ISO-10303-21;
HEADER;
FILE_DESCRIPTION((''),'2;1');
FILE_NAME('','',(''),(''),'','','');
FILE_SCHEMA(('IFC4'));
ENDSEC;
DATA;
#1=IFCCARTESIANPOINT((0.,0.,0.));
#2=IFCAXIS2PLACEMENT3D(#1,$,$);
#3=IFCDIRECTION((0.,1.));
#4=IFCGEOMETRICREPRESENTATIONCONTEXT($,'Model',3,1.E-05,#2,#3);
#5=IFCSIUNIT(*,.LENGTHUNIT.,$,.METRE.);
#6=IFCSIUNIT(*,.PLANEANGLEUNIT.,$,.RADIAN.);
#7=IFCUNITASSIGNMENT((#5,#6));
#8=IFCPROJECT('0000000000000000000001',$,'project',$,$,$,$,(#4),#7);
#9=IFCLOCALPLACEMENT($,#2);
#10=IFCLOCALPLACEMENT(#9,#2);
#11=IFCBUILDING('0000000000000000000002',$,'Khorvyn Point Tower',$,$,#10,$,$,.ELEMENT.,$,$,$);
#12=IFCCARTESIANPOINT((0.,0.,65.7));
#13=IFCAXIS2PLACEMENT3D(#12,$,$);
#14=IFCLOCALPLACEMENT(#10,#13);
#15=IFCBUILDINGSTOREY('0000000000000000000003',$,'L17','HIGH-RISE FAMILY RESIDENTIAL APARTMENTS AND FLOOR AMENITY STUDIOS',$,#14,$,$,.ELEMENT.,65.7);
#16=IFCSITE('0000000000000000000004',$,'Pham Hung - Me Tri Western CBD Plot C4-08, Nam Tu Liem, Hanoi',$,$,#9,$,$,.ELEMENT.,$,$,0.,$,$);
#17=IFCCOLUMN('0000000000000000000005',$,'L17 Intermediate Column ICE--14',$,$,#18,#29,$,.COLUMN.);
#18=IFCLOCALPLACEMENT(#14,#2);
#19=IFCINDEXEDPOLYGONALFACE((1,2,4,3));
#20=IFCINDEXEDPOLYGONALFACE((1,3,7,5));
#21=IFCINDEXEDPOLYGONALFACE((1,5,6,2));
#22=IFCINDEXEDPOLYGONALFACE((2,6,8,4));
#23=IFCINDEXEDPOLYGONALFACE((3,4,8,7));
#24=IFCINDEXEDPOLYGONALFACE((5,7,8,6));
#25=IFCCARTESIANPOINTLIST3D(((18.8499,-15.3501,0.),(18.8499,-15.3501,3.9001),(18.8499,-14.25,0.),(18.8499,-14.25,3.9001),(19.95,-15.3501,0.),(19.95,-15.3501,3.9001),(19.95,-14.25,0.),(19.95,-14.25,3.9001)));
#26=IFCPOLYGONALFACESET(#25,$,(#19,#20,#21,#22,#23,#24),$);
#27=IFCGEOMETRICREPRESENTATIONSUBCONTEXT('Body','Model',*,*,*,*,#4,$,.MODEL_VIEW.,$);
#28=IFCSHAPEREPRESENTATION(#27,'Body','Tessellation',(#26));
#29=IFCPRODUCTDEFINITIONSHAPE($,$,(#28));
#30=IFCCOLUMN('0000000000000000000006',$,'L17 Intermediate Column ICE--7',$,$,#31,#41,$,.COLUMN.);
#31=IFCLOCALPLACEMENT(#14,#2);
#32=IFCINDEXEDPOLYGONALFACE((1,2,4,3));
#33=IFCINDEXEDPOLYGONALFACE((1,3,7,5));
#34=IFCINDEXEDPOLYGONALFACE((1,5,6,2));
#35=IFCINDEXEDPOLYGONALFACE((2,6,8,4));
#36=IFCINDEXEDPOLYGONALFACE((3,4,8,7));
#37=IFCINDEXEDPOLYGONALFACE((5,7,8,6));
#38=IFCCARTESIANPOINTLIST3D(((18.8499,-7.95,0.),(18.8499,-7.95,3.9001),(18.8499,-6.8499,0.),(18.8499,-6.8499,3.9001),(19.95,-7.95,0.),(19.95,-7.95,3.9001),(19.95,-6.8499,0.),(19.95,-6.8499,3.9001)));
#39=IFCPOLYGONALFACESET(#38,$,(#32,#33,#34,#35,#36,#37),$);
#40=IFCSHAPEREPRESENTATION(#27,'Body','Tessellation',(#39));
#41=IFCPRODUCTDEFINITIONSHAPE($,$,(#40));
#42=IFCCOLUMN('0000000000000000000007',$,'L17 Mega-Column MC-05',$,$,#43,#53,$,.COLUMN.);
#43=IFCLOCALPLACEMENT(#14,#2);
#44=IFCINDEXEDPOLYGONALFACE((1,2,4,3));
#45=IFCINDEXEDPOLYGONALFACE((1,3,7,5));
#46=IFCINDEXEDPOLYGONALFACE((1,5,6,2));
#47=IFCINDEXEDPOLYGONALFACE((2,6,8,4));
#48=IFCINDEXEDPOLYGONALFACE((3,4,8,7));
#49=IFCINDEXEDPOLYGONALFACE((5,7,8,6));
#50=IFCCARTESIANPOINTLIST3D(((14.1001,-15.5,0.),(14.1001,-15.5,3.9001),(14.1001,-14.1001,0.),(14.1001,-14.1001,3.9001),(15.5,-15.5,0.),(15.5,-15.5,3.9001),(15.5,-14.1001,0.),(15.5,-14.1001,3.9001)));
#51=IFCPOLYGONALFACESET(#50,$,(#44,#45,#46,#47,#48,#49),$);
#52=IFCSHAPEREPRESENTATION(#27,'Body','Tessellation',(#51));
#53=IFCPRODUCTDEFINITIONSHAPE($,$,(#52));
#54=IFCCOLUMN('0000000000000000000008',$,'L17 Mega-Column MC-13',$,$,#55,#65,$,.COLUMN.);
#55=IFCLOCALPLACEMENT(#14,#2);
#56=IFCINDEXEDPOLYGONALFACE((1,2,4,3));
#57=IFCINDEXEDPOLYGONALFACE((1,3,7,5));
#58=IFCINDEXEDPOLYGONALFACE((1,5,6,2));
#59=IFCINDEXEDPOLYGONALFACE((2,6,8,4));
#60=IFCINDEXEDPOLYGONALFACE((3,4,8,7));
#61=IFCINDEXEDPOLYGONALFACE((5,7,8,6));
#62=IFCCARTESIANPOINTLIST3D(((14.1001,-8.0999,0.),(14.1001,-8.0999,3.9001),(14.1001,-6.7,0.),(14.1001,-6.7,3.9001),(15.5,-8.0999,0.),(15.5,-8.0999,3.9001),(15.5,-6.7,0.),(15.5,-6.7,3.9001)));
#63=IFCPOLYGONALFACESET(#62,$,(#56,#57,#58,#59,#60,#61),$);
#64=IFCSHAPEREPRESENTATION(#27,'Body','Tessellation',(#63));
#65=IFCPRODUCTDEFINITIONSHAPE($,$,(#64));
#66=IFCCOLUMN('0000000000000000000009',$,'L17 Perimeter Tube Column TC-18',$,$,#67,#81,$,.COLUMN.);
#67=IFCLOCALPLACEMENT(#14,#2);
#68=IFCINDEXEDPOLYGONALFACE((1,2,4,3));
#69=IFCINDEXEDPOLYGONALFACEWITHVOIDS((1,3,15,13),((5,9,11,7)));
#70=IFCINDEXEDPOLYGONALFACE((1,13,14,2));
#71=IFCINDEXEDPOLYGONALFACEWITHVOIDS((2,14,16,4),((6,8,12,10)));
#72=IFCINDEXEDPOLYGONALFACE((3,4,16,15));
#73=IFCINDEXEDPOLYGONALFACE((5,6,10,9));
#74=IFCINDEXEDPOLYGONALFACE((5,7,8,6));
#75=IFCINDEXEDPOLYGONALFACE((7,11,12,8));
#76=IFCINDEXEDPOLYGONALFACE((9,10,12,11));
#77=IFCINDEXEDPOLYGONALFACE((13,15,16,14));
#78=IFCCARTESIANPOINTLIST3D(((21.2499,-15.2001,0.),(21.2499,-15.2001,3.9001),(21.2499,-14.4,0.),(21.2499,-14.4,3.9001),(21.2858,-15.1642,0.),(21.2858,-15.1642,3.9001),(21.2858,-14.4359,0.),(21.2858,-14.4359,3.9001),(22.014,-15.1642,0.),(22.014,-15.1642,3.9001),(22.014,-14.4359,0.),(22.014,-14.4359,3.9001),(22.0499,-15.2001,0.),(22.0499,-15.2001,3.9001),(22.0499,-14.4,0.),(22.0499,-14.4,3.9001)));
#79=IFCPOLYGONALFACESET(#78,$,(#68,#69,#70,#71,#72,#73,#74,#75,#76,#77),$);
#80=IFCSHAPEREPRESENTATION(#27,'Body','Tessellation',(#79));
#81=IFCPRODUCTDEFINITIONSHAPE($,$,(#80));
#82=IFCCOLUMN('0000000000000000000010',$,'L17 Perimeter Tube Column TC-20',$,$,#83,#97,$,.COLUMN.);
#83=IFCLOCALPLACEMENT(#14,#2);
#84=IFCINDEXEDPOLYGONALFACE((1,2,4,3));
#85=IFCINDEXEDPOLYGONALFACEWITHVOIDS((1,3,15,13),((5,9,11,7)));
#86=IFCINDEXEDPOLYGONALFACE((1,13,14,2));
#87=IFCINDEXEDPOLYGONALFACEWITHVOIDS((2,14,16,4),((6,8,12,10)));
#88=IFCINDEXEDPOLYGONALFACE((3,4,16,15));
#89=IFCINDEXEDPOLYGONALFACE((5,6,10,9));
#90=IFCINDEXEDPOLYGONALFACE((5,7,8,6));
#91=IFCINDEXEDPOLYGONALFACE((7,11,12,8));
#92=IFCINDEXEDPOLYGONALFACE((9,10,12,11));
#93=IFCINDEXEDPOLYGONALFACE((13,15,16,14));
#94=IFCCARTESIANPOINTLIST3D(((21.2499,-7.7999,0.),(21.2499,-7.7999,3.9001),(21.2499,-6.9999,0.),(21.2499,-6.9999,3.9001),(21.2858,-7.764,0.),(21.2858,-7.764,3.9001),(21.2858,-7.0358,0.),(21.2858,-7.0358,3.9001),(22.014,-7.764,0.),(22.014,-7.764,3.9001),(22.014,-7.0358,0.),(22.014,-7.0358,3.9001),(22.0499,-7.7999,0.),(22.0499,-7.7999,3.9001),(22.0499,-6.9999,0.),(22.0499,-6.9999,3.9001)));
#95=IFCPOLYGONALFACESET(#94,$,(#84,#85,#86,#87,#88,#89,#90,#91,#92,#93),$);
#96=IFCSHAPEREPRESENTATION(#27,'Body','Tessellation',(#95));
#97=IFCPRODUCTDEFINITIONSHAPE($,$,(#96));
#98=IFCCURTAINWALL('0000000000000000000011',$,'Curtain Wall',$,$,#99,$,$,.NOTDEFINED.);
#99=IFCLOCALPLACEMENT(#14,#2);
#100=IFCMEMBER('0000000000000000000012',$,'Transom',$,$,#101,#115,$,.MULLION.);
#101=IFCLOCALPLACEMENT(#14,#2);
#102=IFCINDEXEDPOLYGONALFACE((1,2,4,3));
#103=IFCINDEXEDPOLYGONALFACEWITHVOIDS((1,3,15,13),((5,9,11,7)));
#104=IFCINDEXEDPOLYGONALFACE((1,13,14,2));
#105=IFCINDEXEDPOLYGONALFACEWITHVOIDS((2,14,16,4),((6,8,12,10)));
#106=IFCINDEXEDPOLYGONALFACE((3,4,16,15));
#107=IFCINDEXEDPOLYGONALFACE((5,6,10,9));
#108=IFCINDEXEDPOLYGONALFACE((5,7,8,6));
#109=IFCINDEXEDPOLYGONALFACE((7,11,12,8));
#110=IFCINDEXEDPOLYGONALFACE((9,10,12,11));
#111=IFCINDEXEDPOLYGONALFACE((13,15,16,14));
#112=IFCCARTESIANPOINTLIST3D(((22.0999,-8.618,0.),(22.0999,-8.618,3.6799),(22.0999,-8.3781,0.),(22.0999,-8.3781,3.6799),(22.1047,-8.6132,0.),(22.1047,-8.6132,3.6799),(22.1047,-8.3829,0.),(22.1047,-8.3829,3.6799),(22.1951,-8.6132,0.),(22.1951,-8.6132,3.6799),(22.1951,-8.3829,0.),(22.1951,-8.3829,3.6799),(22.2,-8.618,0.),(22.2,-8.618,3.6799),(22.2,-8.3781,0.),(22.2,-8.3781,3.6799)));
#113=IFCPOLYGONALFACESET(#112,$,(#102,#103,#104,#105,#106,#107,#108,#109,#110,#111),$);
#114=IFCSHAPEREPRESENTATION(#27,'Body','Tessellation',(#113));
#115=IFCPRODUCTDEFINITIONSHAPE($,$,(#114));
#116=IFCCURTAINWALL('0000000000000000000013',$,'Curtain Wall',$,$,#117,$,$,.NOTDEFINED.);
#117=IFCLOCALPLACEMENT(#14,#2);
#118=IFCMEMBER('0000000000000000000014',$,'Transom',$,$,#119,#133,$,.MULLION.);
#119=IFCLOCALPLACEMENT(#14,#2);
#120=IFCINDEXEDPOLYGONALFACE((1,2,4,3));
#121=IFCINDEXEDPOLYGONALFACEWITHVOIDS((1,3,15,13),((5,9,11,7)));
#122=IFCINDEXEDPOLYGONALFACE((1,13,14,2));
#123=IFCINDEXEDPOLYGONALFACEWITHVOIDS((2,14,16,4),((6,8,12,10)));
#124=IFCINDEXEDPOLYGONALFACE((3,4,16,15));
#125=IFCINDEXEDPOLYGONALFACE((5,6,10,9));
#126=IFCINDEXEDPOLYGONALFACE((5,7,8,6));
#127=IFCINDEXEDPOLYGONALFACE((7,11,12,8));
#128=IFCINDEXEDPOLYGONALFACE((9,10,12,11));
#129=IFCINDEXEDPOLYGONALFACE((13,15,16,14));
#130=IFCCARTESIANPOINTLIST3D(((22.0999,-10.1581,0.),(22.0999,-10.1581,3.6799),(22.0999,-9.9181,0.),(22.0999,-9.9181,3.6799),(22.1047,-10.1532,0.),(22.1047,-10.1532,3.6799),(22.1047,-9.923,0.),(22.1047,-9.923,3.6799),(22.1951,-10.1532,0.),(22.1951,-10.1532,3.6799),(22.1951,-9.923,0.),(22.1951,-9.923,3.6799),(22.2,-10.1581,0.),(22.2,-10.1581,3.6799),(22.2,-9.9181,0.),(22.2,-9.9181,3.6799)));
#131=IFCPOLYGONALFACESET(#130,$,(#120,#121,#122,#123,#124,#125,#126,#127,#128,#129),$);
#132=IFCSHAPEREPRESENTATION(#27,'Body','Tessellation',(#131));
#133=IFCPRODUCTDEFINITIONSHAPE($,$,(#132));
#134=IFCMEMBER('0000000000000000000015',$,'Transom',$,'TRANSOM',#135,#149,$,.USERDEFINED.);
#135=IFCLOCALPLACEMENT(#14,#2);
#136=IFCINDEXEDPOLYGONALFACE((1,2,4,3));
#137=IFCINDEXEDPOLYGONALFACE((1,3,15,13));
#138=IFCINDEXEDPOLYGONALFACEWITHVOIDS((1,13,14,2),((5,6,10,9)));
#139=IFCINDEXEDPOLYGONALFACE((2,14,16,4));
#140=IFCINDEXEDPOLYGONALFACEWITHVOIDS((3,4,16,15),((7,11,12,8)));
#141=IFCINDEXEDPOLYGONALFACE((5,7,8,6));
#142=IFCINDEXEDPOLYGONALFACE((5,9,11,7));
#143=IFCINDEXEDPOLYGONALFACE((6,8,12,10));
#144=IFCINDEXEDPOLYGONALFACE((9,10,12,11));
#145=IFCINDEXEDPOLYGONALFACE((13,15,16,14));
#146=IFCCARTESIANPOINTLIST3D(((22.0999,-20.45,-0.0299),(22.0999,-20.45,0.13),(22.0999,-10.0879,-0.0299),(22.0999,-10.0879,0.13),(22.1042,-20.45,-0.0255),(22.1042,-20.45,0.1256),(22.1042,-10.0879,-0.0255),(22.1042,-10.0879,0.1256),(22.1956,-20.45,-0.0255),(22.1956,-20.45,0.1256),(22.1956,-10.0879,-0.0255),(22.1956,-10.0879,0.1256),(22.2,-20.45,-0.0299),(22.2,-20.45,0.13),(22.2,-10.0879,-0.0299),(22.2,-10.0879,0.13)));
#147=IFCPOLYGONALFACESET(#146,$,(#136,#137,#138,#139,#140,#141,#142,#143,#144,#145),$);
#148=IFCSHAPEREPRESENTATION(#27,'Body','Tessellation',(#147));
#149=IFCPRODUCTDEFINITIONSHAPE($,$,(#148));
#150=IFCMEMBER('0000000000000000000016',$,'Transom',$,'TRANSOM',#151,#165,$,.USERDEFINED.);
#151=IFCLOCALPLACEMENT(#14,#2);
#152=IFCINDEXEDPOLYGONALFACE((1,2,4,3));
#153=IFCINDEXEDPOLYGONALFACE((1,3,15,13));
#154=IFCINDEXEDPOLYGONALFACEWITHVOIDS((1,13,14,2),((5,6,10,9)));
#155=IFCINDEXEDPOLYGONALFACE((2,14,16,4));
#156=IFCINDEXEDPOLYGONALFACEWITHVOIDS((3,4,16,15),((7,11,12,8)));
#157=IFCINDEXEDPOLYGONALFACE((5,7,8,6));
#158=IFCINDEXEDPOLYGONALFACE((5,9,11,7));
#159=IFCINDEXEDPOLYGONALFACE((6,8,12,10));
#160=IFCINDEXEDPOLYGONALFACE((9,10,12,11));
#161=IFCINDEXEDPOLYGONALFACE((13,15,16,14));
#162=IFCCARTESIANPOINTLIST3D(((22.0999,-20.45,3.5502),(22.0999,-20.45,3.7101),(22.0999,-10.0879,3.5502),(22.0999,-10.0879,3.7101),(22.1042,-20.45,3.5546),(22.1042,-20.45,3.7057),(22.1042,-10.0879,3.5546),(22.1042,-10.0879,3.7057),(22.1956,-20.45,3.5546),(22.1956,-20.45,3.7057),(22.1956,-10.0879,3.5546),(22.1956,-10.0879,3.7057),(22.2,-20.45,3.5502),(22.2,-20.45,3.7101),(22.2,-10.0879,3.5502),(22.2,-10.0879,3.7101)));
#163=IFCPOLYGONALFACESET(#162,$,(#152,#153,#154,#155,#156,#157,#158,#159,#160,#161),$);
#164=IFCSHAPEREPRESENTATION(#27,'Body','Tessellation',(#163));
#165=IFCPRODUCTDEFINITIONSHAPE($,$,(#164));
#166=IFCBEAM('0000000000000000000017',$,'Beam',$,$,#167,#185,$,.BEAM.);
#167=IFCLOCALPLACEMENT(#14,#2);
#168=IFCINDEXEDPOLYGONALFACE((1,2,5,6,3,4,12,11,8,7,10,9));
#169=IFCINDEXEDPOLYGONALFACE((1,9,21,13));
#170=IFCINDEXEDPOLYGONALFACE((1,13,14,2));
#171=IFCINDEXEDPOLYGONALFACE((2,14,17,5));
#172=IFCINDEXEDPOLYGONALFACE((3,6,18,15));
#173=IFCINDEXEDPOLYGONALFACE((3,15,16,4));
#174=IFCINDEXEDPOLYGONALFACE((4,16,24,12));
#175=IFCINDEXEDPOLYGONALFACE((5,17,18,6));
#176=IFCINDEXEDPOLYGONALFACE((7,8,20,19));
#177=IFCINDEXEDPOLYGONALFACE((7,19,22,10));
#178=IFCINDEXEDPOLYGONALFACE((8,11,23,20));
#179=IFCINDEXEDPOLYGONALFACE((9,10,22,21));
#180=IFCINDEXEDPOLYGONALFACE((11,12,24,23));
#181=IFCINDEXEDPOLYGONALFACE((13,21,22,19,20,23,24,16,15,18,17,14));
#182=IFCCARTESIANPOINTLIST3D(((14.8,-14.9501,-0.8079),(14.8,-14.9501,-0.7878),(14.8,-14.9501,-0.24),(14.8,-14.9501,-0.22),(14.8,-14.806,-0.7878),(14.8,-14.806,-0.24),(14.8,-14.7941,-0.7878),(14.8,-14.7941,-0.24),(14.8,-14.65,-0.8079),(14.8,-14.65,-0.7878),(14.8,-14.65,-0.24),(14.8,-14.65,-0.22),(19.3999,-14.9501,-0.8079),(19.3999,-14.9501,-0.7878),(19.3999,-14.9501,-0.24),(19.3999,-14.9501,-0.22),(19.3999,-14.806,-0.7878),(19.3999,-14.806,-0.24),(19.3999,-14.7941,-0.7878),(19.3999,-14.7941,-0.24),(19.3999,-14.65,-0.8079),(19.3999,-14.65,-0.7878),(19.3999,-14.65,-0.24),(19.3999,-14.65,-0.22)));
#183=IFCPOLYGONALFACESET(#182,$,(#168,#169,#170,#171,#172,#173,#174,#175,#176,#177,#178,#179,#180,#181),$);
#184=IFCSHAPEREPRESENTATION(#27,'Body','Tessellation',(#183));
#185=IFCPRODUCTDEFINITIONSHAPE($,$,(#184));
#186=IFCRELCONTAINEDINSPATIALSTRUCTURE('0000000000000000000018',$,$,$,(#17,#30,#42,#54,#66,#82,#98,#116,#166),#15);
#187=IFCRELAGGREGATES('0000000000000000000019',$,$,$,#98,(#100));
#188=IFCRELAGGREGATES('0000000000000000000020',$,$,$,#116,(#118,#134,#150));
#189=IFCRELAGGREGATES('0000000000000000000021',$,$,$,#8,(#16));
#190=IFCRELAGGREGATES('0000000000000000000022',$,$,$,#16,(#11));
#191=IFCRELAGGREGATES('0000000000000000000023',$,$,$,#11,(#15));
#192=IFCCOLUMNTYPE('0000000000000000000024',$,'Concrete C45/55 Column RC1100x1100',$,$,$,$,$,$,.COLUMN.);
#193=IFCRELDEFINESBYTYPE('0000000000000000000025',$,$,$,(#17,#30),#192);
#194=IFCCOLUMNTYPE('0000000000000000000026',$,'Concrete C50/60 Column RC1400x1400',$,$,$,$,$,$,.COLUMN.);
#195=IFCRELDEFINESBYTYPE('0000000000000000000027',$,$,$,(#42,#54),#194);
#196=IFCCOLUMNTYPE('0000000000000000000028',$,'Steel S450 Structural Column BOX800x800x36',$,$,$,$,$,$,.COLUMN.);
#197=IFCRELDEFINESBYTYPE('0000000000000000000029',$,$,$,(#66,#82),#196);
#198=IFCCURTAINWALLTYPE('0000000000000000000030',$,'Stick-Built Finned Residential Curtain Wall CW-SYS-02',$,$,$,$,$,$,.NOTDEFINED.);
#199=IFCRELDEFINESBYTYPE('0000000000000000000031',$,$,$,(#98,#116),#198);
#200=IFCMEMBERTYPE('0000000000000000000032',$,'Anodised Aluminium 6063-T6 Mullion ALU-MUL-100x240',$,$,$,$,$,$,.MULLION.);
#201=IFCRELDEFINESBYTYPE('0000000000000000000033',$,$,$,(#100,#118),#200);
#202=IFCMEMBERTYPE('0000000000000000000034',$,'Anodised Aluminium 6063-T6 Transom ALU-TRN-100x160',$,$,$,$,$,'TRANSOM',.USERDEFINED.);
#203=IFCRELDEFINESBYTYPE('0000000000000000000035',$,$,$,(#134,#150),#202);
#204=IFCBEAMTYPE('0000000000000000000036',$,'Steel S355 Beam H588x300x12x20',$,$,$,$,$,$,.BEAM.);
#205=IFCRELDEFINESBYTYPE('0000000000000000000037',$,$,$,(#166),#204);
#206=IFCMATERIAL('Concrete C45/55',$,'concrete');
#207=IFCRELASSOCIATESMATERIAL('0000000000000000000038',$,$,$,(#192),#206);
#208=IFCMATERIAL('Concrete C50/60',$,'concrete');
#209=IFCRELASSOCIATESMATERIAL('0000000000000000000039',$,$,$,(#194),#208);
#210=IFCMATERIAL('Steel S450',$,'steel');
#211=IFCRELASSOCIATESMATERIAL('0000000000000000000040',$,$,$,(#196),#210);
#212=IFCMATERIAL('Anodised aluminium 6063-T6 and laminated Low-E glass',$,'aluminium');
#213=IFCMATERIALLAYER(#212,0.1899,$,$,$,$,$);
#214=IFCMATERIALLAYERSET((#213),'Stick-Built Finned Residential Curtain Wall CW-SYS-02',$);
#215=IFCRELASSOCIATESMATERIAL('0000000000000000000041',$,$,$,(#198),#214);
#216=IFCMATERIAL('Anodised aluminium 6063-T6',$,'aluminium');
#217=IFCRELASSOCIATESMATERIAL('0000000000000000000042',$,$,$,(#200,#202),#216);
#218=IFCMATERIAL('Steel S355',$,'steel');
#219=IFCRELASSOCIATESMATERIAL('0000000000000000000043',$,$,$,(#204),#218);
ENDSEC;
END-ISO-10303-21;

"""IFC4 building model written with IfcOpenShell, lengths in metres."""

from ifc_helpers import new_model, si_unit, direction, frame, origin, origin_2d, place, context, subcontext, project, spatial, rectangle, hollow_rectangle, i_section, extrude, material, layer, layer_set, material_profile, profile_set, type_object, element, aggregate, save


model = new_model("IFC4")

# Units and contexts
model_context = context("Model", 3, precision=1e-05, world=origin(), true_north=direction((0.0, 1.0)))
body_context = subcontext(model_context, "Body", "Model", "MODEL_VIEW")
ifc_project = project(units=[si_unit("LENGTHUNIT", "METRE"), si_unit("PLANEANGLEUNIT", "RADIAN")], contexts=[model_context])

# Site, building, storey
site_placement = place(None, origin())
site = spatial("IfcSite", under=ifc_project, at=site_placement, Name="Pham Hung - Me Tri Western CBD Plot C4-08, Nam Tu Liem, Hanoi", CompositionType="ELEMENT", RefElevation=0.0)
building_placement = place(site_placement, origin())
building = spatial("IfcBuilding", under=site, at=building_placement, Name="Khorvyn Point Tower", CompositionType="ELEMENT")
storey_placement = place(building_placement, frame((0.0, 0.0, 65.7)))
storey = spatial("IfcBuildingStorey", under=building, at=storey_placement, Name="L17", Description="HIGH-RISE FAMILY RESIDENTIAL APARTMENTS AND FLOOR AMENITY STUDIOS", CompositionType="ELEMENT", Elevation=65.7)

# Columns
ifc_material_1 = material(Name="Concrete C45/55", Category="concrete")
ifc_material_profile_1 = material_profile(ifc_material_1, rectangle(XDim=1.1001, YDim=1.1001, at=origin_2d()))
ifc_profile_set_1 = profile_set([ifc_material_profile_1], Name="Concrete C45/55 RC1100x1100")
column_type_1 = type_object("IfcColumnType", Name="Concrete C45/55 Column RC1100x1100", PredefinedType="COLUMN", material=ifc_profile_set_1)
for number, where, z_axis, x_axis, name in (
    (1, (19.3999, -14.8, 0.0), (0.0, 0.0, 1.0), (1.0, 0.0, 0.0), "L17 Intermediate Column ICE--14"),
    (2, (19.3999, -7.3999, 0.0), (0.0, 0.0, 1.0), (1.0, 0.0, 0.0), "L17 Intermediate Column ICE--7"),
):
    element("IfcColumn", number, at=place(storey_placement, frame(where, z_axis=z_axis, x_axis=x_axis)), inside=storey, type_object=column_type_1, Name=name, PredefinedType="COLUMN", context=body_context, shape_type="SweptSolid", body=[
        extrude(rectangle(XDim=1.1001, YDim=1.1001, at=origin_2d()), origin(), (0.0, 0.0, 1.0), 3.9001),
    ])
ifc_material_2 = material(Name="Concrete C50/60", Category="concrete")
ifc_material_profile_2 = material_profile(ifc_material_2, rectangle(XDim=1.3999, YDim=1.3999, at=origin_2d()))
ifc_profile_set_2 = profile_set([ifc_material_profile_2], Name="Concrete C50/60 RC1400x1400")
column_type_2 = type_object("IfcColumnType", Name="Concrete C50/60 Column RC1400x1400", PredefinedType="COLUMN", material=ifc_profile_set_2)
for number, where, z_axis, x_axis, name in (
    (3, (14.8, -14.8, 0.0), (0.0, 0.0, 1.0), (1.0, 0.0, 0.0), "L17 Mega-Column MC-05"),
    (4, (14.8, -7.3999, 0.0), (0.0, 0.0, 1.0), (1.0, 0.0, 0.0), "L17 Mega-Column MC-13"),
):
    element("IfcColumn", number, at=place(storey_placement, frame(where, z_axis=z_axis, x_axis=x_axis)), inside=storey, type_object=column_type_2, Name=name, PredefinedType="COLUMN", context=body_context, shape_type="SweptSolid", body=[
        extrude(rectangle(XDim=1.3999, YDim=1.3999, at=origin_2d()), origin(), (0.0, 0.0, 1.0), 3.9001),
    ])
ifc_material_3 = material(Name="Steel S450", Category="steel")
ifc_material_profile_3 = material_profile(ifc_material_3, hollow_rectangle(XDim=0.8, YDim=0.8, WallThickness=0.0359, at=origin_2d()))
ifc_profile_set_3 = profile_set([ifc_material_profile_3], Name="Steel S450 BOX800x800x36")
column_type_3 = type_object("IfcColumnType", Name="Steel S450 Structural Column BOX800x800x36", PredefinedType="COLUMN", material=ifc_profile_set_3)
for number, where, z_axis, x_axis, name in (
    (5, (21.6499, -14.8, 0.0), (0.0, 0.0, 1.0), (1.0, 0.0, 0.0), "L17 Perimeter Tube Column TC-18"),
    (6, (21.6499, -7.3999, 0.0), (0.0, 0.0, 1.0), (1.0, 0.0, 0.0), "L17 Perimeter Tube Column TC-20"),
):
    element("IfcColumn", number, at=place(storey_placement, frame(where, z_axis=z_axis, x_axis=x_axis)), inside=storey, type_object=column_type_3, Name=name, PredefinedType="COLUMN", context=body_context, shape_type="SweptSolid", body=[
        extrude(hollow_rectangle(XDim=0.8, YDim=0.8, WallThickness=0.0359, at=origin_2d()), origin(), (0.0, 0.0, 1.0), 3.9001),
    ])

# Curtain wall, member
ifc_material_4 = material(Name="Anodised aluminium 6063-T6 and laminated Low-E glass", Category="aluminium")
ifc_layer_1 = layer(ifc_material_4, 0.1899)
ifc_layer_set_1 = layer_set([ifc_layer_1], Name="Stick-Built Finned Residential Curtain Wall CW-SYS-02")
curtain_wall_type = type_object("IfcCurtainWallType", Name="Stick-Built Finned Residential Curtain Wall CW-SYS-02", PredefinedType="NOTDEFINED", material=ifc_layer_set_1)
curtain_wall_1_placement = place(storey_placement, origin())
curtain_wall_1 = element("IfcCurtainWall", 7, at=curtain_wall_1_placement, inside=storey, type_object=curtain_wall_type, Name="Curtain Wall", PredefinedType="NOTDEFINED")
ifc_material_5 = material(Name="Anodised aluminium 6063-T6", Category="aluminium")
ifc_material_profile_4 = material_profile(ifc_material_5, hollow_rectangle(XDim=0.1001, YDim=0.24, WallThickness=0.0049, at=origin_2d()))
ifc_profile_set_4 = profile_set([ifc_material_profile_4], Name="Anodised aluminium 6063-T6 ALU-MUL-100x240")
member_type_1 = type_object("IfcMemberType", Name="Anodised Aluminium 6063-T6 Mullion ALU-MUL-100x240", PredefinedType="MULLION", material=ifc_profile_set_4)
member_1_placement = place(storey_placement, frame((22.1499, -8.498, 0.0), z_axis=(0.0, 0.0, 1.0), x_axis=(1.0, 0.0, 0.0)))
member_1 = element("IfcMember", 8, at=member_1_placement, type_object=member_type_1, Name="Transom", PredefinedType="MULLION", context=body_context, shape_type="SweptSolid", body=[
    extrude(hollow_rectangle(XDim=0.1001, YDim=0.24, WallThickness=0.0049, at=origin_2d()), origin(), (0.0, 0.0, 1.0), 3.6799),
])
aggregate(curtain_wall_1, [member_1])

# Curtain wall, members
curtain_wall_2_placement = place(storey_placement, origin())
curtain_wall_2 = element("IfcCurtainWall", 9, at=curtain_wall_2_placement, inside=storey, type_object=curtain_wall_type, Name="Curtain Wall", PredefinedType="NOTDEFINED")
member_2_placement = place(storey_placement, frame((22.1499, -10.0381, 0.0), z_axis=(0.0, 0.0, 1.0), x_axis=(1.0, 0.0, 0.0)))
member_2 = element("IfcMember", 10, at=member_2_placement, type_object=member_type_1, Name="Transom", PredefinedType="MULLION", context=body_context, shape_type="SweptSolid", body=[
    extrude(hollow_rectangle(XDim=0.1001, YDim=0.24, WallThickness=0.0049, at=origin_2d()), origin(), (0.0, 0.0, 1.0), 3.6799),
])
ifc_material_profile_5 = material_profile(ifc_material_5, hollow_rectangle(XDim=0.1001, YDim=0.1599, WallThickness=0.0044, at=origin_2d()))
ifc_profile_set_5 = profile_set([ifc_material_profile_5], Name="Anodised aluminium 6063-T6 ALU-TRN-100x160")
member_type_2 = type_object("IfcMemberType", Name="Anodised Aluminium 6063-T6 Transom ALU-TRN-100x160", ElementType="TRANSOM", PredefinedType="USERDEFINED", material=ifc_profile_set_5)
member_3_placement = place(storey_placement, frame((22.1499, -10.0879, 0.05), z_axis=(0.0, -1.0, 0.0), x_axis=(1.0, 0.0, 0.0)))
member_3 = element("IfcMember", 11, at=member_3_placement, type_object=member_type_2, Name="Transom", ObjectType="TRANSOM", PredefinedType="USERDEFINED", context=body_context, shape_type="SweptSolid", body=[
    extrude(hollow_rectangle(XDim=0.1001, YDim=0.1599, WallThickness=0.0044, at=origin_2d()), origin(), (0.0, 0.0, 1.0), 10.3621),
])
member_4_placement = place(storey_placement, frame((22.1499, -10.0879, 3.6301), z_axis=(0.0, -1.0, 0.0), x_axis=(1.0, 0.0, 0.0)))
member_4 = element("IfcMember", 12, at=member_4_placement, type_object=member_type_2, Name="Transom", ObjectType="TRANSOM", PredefinedType="USERDEFINED", context=body_context, shape_type="SweptSolid", body=[
    extrude(hollow_rectangle(XDim=0.1001, YDim=0.1599, WallThickness=0.0044, at=origin_2d()), origin(), (0.0, 0.0, 1.0), 10.3621),
])
aggregate(curtain_wall_2, [member_2, member_3, member_4])

# Beam
ifc_material_6 = material(Name="Steel S355", Category="steel")
ifc_material_profile_6 = material_profile(ifc_material_6, i_section(OverallWidth=0.3, OverallDepth=0.5879, WebThickness=0.012, FlangeThickness=0.02, at=origin_2d()))
ifc_profile_set_6 = profile_set([ifc_material_profile_6], Name="Steel S355 H588x300x12x20")
beam_type_1 = type_object("IfcBeamType", Name="Steel S355 Beam H588x300x12x20", PredefinedType="BEAM", material=ifc_profile_set_6)
beam_1_placement = place(storey_placement, frame((14.8, -14.8, -0.5139), z_axis=(1.0, 0.0, 0.0), x_axis=(0.0, 1.0, 0.0)))
element("IfcBeam", 13, at=beam_1_placement, inside=storey, type_object=beam_type_1, Name="Beam", PredefinedType="BEAM", context=body_context, shape_type="SweptSolid", body=[
    extrude(i_section(OverallWidth=0.3, OverallDepth=0.5879, WebThickness=0.012, FlangeThickness=0.02, at=origin_2d()), origin(), (0.0, 0.0, 1.0), 4.5999),
])

save(model, "model.ifc")
